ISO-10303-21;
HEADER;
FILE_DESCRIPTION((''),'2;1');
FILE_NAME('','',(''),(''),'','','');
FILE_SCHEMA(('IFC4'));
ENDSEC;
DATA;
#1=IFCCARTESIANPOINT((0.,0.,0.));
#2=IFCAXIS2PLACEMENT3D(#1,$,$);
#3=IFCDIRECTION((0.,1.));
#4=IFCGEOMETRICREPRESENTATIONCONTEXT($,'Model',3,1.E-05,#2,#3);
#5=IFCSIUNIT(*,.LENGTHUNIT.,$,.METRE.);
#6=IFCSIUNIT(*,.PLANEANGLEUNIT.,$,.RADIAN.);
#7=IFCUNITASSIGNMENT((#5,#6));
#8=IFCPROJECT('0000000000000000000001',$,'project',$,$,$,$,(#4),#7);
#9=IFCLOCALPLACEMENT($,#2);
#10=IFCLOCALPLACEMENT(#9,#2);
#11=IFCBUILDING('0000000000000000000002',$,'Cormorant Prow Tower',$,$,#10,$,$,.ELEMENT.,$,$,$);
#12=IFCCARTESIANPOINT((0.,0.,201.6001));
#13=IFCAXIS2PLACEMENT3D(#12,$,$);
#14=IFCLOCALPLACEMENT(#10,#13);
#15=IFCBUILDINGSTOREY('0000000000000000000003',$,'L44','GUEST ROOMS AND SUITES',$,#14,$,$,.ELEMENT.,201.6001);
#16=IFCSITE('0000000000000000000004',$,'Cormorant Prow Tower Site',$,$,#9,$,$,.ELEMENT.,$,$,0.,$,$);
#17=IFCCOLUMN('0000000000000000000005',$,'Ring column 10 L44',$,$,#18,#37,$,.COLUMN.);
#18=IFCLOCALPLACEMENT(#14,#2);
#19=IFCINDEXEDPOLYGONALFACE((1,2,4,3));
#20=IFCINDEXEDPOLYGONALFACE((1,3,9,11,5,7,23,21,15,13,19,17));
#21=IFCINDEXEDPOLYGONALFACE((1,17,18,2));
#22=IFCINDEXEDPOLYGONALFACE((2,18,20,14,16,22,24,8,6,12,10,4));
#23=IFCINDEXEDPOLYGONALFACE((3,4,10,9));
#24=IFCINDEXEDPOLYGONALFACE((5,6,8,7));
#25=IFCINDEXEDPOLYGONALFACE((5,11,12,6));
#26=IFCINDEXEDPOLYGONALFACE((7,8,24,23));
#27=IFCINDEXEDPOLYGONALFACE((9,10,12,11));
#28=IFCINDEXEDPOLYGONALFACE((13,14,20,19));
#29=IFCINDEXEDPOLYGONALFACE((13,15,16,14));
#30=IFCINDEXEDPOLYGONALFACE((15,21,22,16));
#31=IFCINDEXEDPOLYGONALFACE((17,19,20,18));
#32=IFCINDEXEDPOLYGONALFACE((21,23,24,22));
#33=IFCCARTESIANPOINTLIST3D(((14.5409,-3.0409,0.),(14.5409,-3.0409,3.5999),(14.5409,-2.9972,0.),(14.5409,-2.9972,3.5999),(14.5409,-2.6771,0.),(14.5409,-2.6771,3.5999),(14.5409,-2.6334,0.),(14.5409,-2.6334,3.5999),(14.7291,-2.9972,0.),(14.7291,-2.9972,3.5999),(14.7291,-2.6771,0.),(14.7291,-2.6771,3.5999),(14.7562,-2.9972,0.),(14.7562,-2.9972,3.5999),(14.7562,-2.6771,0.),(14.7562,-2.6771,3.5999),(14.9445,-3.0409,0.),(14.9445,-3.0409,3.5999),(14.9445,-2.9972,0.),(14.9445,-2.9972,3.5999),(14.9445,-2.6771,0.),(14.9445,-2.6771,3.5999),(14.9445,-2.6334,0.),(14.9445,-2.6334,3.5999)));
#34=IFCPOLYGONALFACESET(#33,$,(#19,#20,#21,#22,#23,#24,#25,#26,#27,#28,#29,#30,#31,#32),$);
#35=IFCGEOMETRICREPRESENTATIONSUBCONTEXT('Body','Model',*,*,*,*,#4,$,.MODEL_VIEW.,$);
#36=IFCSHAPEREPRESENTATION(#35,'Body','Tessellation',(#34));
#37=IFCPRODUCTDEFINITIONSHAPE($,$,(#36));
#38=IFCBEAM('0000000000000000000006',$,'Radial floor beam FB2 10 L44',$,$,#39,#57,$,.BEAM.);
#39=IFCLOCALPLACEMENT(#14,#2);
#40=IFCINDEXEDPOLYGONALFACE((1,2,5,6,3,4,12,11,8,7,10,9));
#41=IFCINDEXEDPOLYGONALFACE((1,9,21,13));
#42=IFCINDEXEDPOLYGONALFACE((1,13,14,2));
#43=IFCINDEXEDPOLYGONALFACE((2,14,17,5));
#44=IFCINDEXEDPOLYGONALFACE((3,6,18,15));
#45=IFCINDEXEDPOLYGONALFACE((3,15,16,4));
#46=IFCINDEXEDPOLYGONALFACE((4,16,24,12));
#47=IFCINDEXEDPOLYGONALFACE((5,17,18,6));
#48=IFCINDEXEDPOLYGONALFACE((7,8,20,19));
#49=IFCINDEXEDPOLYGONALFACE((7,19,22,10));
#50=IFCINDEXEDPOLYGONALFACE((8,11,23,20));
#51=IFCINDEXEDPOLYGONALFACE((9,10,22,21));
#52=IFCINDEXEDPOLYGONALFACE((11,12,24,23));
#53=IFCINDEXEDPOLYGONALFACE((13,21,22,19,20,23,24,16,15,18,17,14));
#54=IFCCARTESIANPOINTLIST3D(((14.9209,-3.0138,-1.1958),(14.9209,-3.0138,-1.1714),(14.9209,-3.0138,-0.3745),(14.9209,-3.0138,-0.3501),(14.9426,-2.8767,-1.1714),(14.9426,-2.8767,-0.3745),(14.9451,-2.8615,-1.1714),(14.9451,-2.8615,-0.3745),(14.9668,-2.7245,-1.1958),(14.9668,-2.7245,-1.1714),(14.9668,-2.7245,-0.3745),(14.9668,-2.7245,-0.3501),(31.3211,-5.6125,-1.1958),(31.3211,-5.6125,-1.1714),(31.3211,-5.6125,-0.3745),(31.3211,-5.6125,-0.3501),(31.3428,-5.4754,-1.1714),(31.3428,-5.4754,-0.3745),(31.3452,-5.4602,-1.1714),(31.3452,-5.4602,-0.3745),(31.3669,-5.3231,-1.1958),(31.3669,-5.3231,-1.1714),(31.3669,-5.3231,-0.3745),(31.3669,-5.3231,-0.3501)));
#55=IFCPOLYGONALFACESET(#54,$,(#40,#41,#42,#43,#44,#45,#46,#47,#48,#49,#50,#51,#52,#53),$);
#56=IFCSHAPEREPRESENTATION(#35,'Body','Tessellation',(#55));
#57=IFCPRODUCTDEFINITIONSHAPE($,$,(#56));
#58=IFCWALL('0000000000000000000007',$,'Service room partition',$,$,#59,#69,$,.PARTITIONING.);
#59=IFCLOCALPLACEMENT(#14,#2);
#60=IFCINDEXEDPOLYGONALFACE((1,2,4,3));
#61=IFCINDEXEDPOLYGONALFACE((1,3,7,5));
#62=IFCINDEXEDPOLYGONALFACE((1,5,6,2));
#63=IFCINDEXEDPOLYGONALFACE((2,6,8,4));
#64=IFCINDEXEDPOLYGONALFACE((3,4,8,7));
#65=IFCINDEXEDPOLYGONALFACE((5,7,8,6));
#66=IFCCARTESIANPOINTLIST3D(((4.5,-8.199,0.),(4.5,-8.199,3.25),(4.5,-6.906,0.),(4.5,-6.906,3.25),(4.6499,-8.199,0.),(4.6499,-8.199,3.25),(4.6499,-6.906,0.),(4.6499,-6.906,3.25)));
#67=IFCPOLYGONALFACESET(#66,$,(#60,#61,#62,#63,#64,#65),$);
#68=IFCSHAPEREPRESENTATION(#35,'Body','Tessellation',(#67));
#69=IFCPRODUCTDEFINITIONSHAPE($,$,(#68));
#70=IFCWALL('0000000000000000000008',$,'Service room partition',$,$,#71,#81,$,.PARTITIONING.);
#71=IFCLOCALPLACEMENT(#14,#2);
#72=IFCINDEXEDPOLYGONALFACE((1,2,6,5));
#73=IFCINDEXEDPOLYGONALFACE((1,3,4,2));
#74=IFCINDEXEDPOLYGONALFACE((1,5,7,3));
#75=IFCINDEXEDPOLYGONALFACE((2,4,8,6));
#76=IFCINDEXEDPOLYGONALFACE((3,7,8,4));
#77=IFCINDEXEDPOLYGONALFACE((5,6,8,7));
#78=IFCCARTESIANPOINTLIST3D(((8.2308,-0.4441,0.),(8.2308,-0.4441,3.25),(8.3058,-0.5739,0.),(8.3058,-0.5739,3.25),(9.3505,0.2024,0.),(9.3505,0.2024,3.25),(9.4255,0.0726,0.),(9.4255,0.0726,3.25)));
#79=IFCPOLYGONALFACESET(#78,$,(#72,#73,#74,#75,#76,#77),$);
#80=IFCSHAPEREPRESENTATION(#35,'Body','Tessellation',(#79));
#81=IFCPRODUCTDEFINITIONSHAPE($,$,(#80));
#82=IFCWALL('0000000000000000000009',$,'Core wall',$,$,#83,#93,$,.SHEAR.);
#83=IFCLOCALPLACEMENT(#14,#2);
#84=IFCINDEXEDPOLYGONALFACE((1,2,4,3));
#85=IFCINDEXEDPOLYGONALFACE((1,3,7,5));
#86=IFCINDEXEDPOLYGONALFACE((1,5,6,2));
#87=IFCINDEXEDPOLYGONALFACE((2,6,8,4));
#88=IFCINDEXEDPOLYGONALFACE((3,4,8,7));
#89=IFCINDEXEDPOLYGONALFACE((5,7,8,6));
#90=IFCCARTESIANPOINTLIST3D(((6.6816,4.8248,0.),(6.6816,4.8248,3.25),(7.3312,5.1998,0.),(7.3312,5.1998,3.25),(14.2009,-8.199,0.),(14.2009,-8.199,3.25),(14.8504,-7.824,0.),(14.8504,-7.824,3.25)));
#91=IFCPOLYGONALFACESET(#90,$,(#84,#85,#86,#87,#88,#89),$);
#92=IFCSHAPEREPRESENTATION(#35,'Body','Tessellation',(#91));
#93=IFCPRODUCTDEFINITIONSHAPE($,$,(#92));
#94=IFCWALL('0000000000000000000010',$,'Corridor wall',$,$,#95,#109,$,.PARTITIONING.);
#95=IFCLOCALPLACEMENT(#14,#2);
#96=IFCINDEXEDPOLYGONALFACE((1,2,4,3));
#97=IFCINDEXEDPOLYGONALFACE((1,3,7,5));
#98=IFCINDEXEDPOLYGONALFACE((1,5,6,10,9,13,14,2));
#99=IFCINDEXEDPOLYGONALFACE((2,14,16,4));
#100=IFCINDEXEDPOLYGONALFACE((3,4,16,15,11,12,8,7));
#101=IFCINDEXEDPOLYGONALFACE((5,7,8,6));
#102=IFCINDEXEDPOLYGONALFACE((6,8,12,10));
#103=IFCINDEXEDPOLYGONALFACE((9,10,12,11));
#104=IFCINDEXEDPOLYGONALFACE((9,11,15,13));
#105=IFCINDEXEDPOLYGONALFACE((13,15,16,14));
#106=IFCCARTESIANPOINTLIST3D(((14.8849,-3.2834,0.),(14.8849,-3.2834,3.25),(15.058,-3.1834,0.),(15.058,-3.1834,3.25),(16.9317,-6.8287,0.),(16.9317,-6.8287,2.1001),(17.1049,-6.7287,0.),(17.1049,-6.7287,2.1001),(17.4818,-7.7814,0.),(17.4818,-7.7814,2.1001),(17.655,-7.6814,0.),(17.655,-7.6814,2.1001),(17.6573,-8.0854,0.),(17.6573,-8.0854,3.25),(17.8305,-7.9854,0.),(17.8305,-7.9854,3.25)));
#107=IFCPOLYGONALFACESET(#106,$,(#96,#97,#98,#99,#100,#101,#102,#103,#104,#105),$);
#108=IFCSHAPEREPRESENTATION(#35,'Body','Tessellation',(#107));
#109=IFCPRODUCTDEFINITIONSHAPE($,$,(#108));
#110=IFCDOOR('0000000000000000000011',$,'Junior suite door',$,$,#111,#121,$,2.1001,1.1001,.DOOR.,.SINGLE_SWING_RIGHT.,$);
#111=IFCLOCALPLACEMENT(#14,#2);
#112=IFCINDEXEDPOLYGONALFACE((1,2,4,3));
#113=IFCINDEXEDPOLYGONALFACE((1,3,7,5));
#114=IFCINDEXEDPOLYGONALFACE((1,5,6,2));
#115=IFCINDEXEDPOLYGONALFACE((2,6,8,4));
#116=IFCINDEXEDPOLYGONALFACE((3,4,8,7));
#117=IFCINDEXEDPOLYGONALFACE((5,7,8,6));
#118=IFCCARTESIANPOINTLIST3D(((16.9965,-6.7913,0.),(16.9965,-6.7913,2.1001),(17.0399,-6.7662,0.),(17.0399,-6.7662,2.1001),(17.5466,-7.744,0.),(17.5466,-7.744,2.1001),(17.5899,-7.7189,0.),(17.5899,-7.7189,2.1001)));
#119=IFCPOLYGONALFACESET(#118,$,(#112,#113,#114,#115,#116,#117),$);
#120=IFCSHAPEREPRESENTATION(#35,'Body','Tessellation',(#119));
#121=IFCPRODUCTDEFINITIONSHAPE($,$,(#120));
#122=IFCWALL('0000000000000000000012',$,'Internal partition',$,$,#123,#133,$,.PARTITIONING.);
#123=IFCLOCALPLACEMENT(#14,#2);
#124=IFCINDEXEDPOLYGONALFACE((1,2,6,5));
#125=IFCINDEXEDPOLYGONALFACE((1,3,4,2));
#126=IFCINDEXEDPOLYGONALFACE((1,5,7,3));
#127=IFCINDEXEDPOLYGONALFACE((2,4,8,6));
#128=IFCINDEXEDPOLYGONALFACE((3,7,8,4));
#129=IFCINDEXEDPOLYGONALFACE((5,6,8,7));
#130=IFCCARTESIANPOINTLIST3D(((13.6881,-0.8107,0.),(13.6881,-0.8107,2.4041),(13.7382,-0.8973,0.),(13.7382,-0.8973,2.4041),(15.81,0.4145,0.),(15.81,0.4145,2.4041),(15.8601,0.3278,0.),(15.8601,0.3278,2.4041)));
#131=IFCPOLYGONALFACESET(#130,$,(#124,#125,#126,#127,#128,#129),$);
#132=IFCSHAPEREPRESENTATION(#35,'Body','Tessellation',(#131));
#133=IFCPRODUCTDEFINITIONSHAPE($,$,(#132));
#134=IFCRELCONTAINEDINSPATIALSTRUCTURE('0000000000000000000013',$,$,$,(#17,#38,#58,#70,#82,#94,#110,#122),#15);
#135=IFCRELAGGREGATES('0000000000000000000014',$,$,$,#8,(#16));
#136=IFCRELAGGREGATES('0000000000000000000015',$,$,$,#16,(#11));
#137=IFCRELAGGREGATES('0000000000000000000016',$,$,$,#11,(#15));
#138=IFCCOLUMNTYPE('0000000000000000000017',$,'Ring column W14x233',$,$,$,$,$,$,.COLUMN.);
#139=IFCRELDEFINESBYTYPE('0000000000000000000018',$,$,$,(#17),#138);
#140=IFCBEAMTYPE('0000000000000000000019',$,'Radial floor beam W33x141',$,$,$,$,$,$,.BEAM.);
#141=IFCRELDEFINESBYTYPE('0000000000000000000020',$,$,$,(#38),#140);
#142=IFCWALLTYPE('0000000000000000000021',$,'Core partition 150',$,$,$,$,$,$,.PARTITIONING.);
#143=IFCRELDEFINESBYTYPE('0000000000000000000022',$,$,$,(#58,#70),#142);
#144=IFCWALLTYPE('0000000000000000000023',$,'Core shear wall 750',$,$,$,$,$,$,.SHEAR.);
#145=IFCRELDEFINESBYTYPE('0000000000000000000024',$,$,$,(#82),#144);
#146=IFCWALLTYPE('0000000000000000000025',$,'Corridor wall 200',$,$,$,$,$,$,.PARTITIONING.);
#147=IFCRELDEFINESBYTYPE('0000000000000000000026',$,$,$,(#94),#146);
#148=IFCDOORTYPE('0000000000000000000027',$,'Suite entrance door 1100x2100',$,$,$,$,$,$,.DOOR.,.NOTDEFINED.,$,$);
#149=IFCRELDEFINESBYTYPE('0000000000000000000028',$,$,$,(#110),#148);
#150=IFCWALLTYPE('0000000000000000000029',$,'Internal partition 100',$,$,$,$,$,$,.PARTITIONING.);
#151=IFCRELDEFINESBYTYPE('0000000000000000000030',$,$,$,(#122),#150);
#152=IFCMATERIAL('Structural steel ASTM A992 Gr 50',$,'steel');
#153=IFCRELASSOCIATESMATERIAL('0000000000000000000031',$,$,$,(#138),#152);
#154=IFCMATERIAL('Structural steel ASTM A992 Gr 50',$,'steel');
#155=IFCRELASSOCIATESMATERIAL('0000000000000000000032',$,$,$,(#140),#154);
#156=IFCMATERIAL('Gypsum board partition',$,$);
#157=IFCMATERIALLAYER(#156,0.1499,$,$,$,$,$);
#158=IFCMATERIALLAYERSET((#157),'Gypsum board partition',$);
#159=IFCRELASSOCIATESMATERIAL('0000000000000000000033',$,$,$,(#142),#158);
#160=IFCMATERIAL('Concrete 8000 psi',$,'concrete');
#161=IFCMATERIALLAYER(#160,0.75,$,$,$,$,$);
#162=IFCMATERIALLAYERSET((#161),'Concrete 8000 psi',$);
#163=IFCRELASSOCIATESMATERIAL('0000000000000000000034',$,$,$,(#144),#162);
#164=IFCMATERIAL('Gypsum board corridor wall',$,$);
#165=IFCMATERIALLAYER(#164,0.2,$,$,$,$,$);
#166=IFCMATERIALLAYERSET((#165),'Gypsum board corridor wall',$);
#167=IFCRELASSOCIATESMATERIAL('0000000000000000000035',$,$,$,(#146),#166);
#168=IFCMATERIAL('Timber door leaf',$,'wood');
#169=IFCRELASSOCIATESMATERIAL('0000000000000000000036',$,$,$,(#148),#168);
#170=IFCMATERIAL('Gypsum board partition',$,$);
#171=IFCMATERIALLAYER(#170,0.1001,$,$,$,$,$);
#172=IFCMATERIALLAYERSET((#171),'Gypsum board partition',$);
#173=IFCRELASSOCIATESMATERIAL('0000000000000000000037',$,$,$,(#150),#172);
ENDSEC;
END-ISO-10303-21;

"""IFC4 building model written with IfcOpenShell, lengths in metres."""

from ifc_helpers import new_model, si_unit, direction, frame, frame_2d, origin, origin_2d, place, context, subcontext, project, spatial, rectangle, i_section, extrude, material, layer, layer_set, material_profile, profile_set, type_object, element, fill, save


model = new_model("IFC4")

# Units and contexts
model_context = context("Model", 3, precision=1e-05, world=origin(), true_north=direction((0.0, 1.0)))
body_context = subcontext(model_context, "Body", "Model", "MODEL_VIEW")
ifc_project = project(units=[si_unit("LENGTHUNIT", "METRE"), si_unit("PLANEANGLEUNIT", "RADIAN")], contexts=[model_context])

# Site, building, storey
site_placement = place(None, origin())
site = spatial("IfcSite", under=ifc_project, at=site_placement, Name="Cormorant Prow Tower Site", CompositionType="ELEMENT", RefElevation=0.0)
building_placement = place(site_placement, origin())
building = spatial("IfcBuilding", under=site, at=building_placement, Name="Cormorant Prow Tower", CompositionType="ELEMENT")
storey_placement = place(building_placement, frame((0.0, 0.0, 201.6001)))
storey = spatial("IfcBuildingStorey", under=building, at=storey_placement, Name="L44", Description="GUEST ROOMS AND SUITES", CompositionType="ELEMENT", Elevation=201.6001)

# Column
ifc_material_1 = material(Name="Structural steel ASTM A992 Gr 50", Category="steel")
ifc_material_profile_1 = material_profile(ifc_material_1, i_section(OverallWidth=0.4036, OverallDepth=0.4075, WebThickness=0.0271, FlangeThickness=0.0437, at=origin_2d()), Name="W14x233")
ifc_profile_set_1 = profile_set([ifc_material_profile_1], Name="Structural steel ASTM A992 Gr 50")
column_type = type_object("IfcColumnType", Name="Ring column W14x233", PredefinedType="COLUMN", material=ifc_profile_set_1)
column_placement = place(storey_placement, frame((14.7427, -2.8372, 0.0), z_axis=(0.0, 0.0, 1.0), x_axis=(1.0, 0.0, 0.0)))
element("IfcColumn", 1, at=column_placement, inside=storey, type_object=column_type, Name="Ring column 10 L44", PredefinedType="COLUMN", context=body_context, shape_type="SweptSolid", body=[
    extrude(i_section(OverallWidth=0.4036, OverallDepth=0.4075, WebThickness=0.0271, FlangeThickness=0.0437, at=origin_2d()), origin(), (0.0, 0.0, 1.0), 3.5999),
])

# Beam
ifc_material_2 = material(Name="Structural steel ASTM A992 Gr 50", Category="steel")
ifc_material_profile_2 = material_profile(ifc_material_2, i_section(OverallWidth=0.293, OverallDepth=0.8457, WebThickness=0.0154, FlangeThickness=0.0244, at=origin_2d()), Name="W33x141")
ifc_profile_set_2 = profile_set([ifc_material_profile_2], Name="Structural steel ASTM A992 Gr 50")
beam_type = type_object("IfcBeamType", Name="Radial floor beam W33x141", PredefinedType="BEAM", material=ifc_profile_set_2)
beam_placement = place(storey_placement, frame((14.9438, -2.8691, -0.7729), z_axis=(0.987678, -0.156499, 0.0), x_axis=(0.156499, 0.987678, 0.0)))
element("IfcBeam", 2, at=beam_placement, inside=storey, type_object=beam_type, Name="Radial floor beam FB2 10 L44", PredefinedType="BEAM", context=body_context, shape_type="SweptSolid", body=[
    extrude(i_section(OverallWidth=0.293, OverallDepth=0.8457, WebThickness=0.0154, FlangeThickness=0.0244, at=origin_2d()), origin(), (0.0, 0.0, 1.0), 16.6047),
])

# Walls
ifc_material_3 = material(Name="Gypsum board partition")
ifc_layer_1 = layer(ifc_material_3, 0.1499)
ifc_layer_set_1 = layer_set([ifc_layer_1], Name="Gypsum board partition")
wall_type_1 = type_object("IfcWallType", Name="Core partition 150", PredefinedType="PARTITIONING", material=ifc_layer_set_1)
for number, where, z_axis, x_axis, name in (
    (3, (4.575, -6.906, 0.0), (0.0, 0.0, 1.0), (0.0, -1.0, 0.0), "Service room partition"),
    (4, (8.2683, -0.509, 0.0), (0.0, 0.0, 1.0), (0.866003, 0.500038, 0.0), "Service room partition"),
):
    element("IfcWall", number, at=place(storey_placement, frame(where, z_axis=z_axis, x_axis=x_axis)), inside=storey, type_object=wall_type_1, Name=name, PredefinedType="PARTITIONING", context=body_context, shape_type="SweptSolid", body=[
        extrude(rectangle(XDim=1.293, YDim=0.1499, at=frame_2d((0.6465, 0.0))), origin(), (0.0, 0.0, 1.0), 3.25),
    ])
ifc_material_4 = material(Name="Concrete 8000 psi", Category="concrete")
ifc_layer_2 = layer(ifc_material_4, 0.75)
ifc_layer_set_2 = layer_set([ifc_layer_2], Name="Concrete 8000 psi")
wall_type_2 = type_object("IfcWallType", Name="Core shear wall 750", PredefinedType="SHEAR", material=ifc_layer_set_2)
wall_1_placement = place(storey_placement, frame((14.5256, -8.0115, 0.0), z_axis=(0.0, 0.0, 1.0), x_axis=(-0.499996, 0.866028, 0.0)))
element("IfcWall", 5, at=wall_1_placement, inside=storey, type_object=wall_type_2, Name="Core wall", PredefinedType="SHEAR", context=body_context, shape_type="SweptSolid", body=[
    extrude(rectangle(XDim=15.0386, YDim=0.75, at=frame_2d((7.5193, 0.0))), origin(), (0.0, 0.0, 1.0), 3.25),
])

# Wall, opening, door
ifc_material_5 = material(Name="Gypsum board corridor wall")
ifc_layer_3 = layer(ifc_material_5, 0.2)
ifc_layer_set_3 = layer_set([ifc_layer_3], Name="Gypsum board corridor wall")
wall_type_3 = type_object("IfcWallType", Name="Corridor wall 200", PredefinedType="PARTITIONING", material=ifc_layer_set_3)
wall_2_placement = place(storey_placement, frame((14.9714, -3.2334, 0.0), z_axis=(0.0, 0.0, 1.0), x_axis=(0.500003, -0.866024, 0.0)))
wall_2 = element("IfcWall", 6, at=wall_2_placement, inside=storey, type_object=wall_type_3, Name="Corridor wall", PredefinedType="PARTITIONING", context=body_context, shape_type="SweptSolid", body=[
    extrude(rectangle(XDim=5.5449, YDim=0.2, at=frame_2d((2.7725, 0.0))), origin(), (0.0, 0.0, 1.0), 3.25),
])
opening_1_placement = place(wall_2_placement, frame((4.0938, 0.0, 0.0)))
opening_1 = element("IfcOpeningElement", 7, at=opening_1_placement, cuts=wall_2, PredefinedType="OPENING", context=body_context, shape_type="SweptSolid", body=[
    extrude(rectangle(XDim=1.1001, YDim=2.1001, at=frame_2d((0.55, 1.05))), frame((0.0, 0.1099, 0.0), z_axis=(0.0, -1.0, 0.0), x_axis=(1.0, 0.0, 0.0)), (0.0, 0.0, 1.0), 0.22),
])
ifc_material_6 = material(Name="Timber door leaf", Category="wood")
door_type_1 = type_object("IfcDoorType", Name="Suite entrance door 1100x2100", OperationType="NOTDEFINED", PredefinedType="DOOR", material=ifc_material_6)
door_1_placement = place(opening_1_placement, origin())
door_1 = element("IfcDoor", 8, at=door_1_placement, inside=storey, type_object=door_type_1, Name="Junior suite door", OperationType="SINGLE_SWING_RIGHT", OverallHeight=2.1001, OverallWidth=1.1001, PredefinedType="DOOR", context=body_context, shape_type="SweptSolid", body=[
    extrude(rectangle(XDim=1.1001, YDim=2.1001, at=frame_2d((0.55, 1.05))), frame((0.0, 0.0249, 0.0), z_axis=(0.0, -1.0, 0.0), x_axis=(1.0, 0.0, 0.0)), (0.0, 0.0, 1.0), 0.05),
])
fill(opening_1, door_1)

# Wall
ifc_material_7 = material(Name="Gypsum board partition")
ifc_layer_4 = layer(ifc_material_7, 0.1001)
ifc_layer_set_4 = layer_set([ifc_layer_4], Name="Gypsum board partition")
wall_type_4 = type_object("IfcWallType", Name="Internal partition 100", PredefinedType="PARTITIONING", material=ifc_layer_set_4)
wall_3_placement = place(storey_placement, frame((13.7131, -0.854, 0.0), z_axis=(0.0, 0.0, 1.0), x_axis=(0.866015, 0.500019, 0.0)))
element("IfcWall", 9, at=wall_3_placement, inside=storey, type_object=wall_type_4, Name="Internal partition", PredefinedType="PARTITIONING", context=body_context, shape_type="SweptSolid", body=[
    extrude(rectangle(XDim=2.4502, YDim=0.1001, at=frame_2d((1.2251, 0.0))), origin(), (0.0, 0.0, 1.0), 2.4041),
])

save(model, "model.ifc")
